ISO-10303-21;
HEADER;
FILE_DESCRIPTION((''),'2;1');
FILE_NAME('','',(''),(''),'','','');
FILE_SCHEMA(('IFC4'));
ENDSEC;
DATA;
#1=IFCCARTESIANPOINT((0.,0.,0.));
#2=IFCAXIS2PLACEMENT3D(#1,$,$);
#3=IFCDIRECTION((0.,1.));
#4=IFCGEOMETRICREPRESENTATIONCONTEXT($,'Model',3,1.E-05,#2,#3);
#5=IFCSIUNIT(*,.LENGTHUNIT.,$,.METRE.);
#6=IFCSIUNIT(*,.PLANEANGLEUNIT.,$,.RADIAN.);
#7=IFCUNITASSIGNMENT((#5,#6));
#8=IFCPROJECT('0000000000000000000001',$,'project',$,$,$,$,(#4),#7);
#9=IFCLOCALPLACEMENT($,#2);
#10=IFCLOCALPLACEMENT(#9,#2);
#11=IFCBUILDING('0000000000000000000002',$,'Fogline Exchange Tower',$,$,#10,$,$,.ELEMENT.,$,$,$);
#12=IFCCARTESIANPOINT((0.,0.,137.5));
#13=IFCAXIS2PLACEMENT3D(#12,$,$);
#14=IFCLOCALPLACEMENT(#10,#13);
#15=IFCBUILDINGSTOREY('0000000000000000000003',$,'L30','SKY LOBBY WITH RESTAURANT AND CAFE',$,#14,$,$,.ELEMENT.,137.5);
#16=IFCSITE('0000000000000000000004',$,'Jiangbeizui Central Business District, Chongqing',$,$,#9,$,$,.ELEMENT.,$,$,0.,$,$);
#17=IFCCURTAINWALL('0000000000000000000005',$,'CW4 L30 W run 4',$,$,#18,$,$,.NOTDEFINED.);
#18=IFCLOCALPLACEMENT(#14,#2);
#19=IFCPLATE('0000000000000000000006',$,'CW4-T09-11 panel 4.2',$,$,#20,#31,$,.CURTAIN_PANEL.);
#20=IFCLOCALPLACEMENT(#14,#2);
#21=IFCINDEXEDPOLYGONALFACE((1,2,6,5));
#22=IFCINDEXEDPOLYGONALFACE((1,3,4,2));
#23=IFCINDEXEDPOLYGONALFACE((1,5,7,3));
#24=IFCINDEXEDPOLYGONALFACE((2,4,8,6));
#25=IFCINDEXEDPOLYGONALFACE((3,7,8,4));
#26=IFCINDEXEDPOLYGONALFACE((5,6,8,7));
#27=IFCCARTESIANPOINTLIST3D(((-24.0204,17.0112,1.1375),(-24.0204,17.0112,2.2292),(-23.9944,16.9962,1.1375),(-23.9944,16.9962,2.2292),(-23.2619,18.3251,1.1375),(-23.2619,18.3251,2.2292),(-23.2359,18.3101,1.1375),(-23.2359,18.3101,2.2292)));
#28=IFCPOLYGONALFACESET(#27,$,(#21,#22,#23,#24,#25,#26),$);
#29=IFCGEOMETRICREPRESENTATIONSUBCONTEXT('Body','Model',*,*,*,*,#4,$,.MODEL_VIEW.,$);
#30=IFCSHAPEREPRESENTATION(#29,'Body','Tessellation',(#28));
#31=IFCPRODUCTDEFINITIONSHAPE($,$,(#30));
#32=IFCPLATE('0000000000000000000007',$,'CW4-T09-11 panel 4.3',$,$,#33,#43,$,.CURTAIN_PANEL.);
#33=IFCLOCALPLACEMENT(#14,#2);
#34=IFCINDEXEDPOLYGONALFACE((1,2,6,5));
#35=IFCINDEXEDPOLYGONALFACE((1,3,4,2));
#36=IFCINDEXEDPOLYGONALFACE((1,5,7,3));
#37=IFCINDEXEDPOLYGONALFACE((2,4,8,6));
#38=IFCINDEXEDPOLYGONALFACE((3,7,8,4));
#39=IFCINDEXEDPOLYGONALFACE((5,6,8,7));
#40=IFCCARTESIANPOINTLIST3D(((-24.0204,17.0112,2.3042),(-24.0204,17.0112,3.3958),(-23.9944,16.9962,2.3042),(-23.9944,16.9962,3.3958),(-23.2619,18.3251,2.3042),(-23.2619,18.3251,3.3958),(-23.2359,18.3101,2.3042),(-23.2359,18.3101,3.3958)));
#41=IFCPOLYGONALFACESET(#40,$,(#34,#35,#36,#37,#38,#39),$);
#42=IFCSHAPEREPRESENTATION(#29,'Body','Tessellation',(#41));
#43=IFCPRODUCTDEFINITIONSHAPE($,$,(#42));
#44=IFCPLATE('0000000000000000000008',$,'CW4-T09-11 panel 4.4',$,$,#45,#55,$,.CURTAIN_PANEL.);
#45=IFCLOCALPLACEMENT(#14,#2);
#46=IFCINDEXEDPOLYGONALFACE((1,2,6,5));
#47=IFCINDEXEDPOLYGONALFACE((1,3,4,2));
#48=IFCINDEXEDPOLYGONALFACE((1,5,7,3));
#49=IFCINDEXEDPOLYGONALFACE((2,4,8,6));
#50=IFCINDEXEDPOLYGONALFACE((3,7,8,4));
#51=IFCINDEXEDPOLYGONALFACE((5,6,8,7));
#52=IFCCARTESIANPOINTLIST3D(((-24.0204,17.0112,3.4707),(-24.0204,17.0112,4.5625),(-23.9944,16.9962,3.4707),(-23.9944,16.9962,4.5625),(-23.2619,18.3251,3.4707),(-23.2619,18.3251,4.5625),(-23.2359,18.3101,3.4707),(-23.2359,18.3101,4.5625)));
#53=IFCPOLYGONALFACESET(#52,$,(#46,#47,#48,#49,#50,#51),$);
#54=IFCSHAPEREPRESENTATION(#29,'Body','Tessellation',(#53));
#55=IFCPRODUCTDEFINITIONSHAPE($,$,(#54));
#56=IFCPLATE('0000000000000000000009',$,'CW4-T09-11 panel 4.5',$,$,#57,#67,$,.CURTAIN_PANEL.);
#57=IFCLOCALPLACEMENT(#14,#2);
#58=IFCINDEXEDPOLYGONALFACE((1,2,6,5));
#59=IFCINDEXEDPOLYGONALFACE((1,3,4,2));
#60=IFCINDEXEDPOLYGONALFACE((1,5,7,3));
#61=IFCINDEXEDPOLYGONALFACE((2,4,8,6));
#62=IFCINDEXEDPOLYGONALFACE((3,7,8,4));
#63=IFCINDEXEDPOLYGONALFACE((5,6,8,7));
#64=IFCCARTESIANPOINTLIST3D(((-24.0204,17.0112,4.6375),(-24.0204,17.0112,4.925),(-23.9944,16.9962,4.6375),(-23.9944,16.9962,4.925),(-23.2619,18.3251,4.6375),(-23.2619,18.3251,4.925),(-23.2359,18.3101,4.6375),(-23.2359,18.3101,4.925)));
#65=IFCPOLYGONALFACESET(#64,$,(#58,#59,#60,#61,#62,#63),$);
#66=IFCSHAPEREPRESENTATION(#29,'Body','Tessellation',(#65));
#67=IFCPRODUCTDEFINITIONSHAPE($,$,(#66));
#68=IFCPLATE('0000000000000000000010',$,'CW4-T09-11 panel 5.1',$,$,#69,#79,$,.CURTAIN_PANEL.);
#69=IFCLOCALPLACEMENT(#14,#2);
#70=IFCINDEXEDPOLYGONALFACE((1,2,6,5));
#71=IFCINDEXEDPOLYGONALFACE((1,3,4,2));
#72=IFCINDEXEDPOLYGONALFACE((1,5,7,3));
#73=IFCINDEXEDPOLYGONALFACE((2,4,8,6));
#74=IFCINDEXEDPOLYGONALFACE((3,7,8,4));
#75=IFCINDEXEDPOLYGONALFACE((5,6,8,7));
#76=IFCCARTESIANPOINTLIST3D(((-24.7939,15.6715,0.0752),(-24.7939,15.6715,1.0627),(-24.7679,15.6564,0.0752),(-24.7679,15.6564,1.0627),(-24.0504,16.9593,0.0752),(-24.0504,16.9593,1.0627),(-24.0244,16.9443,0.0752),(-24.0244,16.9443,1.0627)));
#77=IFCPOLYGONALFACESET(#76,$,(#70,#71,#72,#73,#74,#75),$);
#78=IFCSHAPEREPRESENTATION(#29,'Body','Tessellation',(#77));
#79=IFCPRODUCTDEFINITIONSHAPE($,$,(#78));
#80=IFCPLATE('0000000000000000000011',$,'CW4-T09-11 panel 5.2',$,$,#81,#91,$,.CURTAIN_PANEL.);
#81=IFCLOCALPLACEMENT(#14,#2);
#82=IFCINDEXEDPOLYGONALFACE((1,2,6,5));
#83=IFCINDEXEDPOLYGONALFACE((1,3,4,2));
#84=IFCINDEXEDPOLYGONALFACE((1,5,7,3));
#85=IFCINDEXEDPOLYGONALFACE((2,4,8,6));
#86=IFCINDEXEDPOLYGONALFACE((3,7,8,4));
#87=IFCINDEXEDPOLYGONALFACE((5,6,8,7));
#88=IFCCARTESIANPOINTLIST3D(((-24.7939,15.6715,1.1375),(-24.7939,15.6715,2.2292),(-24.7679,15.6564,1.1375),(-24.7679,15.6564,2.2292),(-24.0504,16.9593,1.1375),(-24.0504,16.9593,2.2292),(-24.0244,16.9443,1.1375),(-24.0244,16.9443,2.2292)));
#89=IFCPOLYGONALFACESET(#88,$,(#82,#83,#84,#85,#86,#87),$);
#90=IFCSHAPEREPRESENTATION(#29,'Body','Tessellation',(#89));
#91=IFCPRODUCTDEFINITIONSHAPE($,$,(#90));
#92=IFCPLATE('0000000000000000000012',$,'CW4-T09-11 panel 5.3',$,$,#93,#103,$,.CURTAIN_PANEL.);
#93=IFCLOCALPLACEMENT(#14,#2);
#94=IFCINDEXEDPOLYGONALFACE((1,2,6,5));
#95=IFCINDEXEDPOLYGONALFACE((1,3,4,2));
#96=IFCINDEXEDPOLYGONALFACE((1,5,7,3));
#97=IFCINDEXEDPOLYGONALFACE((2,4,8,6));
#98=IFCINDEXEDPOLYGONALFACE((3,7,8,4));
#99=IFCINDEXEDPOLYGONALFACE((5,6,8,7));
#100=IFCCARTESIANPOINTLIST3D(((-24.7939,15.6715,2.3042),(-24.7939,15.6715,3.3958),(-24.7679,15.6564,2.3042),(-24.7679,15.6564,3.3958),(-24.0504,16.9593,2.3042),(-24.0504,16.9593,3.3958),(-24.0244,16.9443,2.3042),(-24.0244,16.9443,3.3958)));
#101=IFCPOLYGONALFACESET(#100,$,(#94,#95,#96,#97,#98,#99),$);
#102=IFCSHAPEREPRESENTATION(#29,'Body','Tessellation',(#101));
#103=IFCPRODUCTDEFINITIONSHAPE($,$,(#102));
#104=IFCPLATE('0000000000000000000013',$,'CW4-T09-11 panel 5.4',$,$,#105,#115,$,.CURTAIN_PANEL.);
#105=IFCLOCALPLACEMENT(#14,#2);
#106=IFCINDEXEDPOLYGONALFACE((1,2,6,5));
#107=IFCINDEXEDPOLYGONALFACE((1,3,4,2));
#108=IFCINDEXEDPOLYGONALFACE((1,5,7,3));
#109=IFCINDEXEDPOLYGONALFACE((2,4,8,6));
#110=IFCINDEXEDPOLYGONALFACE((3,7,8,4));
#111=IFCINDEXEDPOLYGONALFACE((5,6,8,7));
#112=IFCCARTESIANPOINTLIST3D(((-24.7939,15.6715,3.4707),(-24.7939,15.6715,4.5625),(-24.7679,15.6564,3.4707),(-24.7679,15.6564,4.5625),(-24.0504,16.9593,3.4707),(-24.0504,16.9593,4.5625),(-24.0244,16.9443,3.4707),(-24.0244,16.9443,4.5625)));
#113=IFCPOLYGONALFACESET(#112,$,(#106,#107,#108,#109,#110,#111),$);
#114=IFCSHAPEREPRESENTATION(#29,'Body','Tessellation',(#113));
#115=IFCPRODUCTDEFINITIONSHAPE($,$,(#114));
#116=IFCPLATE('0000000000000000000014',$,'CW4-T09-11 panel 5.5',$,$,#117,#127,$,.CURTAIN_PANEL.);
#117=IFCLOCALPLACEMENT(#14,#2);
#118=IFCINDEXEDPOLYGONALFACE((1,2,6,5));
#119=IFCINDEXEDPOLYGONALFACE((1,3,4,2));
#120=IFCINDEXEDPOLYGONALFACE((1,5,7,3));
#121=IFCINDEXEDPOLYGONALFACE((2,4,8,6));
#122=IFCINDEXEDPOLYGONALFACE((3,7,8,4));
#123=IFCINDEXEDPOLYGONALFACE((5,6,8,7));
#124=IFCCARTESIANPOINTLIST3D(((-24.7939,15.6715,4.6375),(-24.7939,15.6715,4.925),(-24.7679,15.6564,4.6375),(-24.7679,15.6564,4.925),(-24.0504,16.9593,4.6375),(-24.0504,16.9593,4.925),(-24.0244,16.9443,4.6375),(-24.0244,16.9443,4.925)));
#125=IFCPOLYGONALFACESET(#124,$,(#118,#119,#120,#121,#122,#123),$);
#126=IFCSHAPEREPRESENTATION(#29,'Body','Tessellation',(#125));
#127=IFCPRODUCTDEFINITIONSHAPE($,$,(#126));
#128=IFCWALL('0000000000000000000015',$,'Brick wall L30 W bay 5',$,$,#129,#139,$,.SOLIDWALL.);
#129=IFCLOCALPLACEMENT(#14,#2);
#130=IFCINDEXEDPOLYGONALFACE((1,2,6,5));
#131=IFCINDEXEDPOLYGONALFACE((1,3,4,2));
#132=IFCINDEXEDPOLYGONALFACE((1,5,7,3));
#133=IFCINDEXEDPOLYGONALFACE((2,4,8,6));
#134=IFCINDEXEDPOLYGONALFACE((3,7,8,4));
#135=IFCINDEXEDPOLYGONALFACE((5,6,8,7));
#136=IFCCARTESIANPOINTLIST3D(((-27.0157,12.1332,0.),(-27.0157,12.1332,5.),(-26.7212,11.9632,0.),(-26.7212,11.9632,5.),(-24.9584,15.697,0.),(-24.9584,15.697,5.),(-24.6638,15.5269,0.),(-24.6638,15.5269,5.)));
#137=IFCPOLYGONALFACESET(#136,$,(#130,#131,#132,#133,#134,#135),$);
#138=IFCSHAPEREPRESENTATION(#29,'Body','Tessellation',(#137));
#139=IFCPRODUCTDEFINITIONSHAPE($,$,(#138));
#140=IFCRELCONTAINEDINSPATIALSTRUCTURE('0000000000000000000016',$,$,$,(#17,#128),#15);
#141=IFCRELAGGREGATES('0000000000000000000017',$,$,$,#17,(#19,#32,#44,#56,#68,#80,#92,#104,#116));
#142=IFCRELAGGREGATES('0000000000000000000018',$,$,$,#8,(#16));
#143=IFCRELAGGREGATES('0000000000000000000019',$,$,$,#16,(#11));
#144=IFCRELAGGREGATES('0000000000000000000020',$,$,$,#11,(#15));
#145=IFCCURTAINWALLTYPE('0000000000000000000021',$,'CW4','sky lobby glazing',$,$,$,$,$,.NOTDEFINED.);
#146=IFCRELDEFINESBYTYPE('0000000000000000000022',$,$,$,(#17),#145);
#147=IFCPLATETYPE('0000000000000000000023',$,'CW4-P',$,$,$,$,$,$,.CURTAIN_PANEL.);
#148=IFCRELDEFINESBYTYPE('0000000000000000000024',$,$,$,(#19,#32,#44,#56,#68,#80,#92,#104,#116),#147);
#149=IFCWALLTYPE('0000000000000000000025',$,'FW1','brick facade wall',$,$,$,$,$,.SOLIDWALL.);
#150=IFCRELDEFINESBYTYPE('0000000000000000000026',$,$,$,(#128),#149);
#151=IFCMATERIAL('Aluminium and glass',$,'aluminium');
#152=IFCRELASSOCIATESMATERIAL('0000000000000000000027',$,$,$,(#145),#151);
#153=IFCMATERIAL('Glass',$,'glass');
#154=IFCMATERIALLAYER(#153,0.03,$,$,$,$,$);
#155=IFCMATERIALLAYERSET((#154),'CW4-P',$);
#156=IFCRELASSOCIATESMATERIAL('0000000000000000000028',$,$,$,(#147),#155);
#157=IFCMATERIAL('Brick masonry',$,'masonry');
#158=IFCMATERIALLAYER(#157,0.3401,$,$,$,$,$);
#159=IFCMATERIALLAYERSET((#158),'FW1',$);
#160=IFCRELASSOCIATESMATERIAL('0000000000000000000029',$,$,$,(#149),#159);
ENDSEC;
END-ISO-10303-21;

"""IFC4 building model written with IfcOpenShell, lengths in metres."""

from ifc_helpers import new_model, si_unit, direction, frame, frame_2d, origin, origin_2d, place, context, subcontext, project, spatial, rectangle, extrude, material, layer, layer_set, type_object, element, aggregate, save


model = new_model("IFC4")

# Units and contexts
model_context = context("Model", 3, precision=1e-05, world=origin(), true_north=direction((0.0, 1.0)))
body_context = subcontext(model_context, "Body", "Model", "MODEL_VIEW")
ifc_project = project(units=[si_unit("LENGTHUNIT", "METRE"), si_unit("PLANEANGLEUNIT", "RADIAN")], contexts=[model_context])

# Site, building, storey
site_placement = place(None, origin())
site = spatial("IfcSite", under=ifc_project, at=site_placement, Name="Jiangbeizui Central Business District, Chongqing", CompositionType="ELEMENT", RefElevation=0.0)
building_placement = place(site_placement, origin())
building = spatial("IfcBuilding", under=site, at=building_placement, Name="Fogline Exchange Tower", CompositionType="ELEMENT")
storey_placement = place(building_placement, frame((0.0, 0.0, 137.5)))
storey = spatial("IfcBuildingStorey", under=building, at=storey_placement, Name="L30", Description="SKY LOBBY WITH RESTAURANT AND CAFE", CompositionType="ELEMENT", Elevation=137.5)

# Curtain wall, plates
ifc_material_1 = material(Name="Aluminium and glass", Category="aluminium")
curtain_wall_type = type_object("IfcCurtainWallType", Name="CW4", Description="sky lobby glazing", PredefinedType="NOTDEFINED", material=ifc_material_1)
curtain_wall_placement = place(storey_placement, origin())
curtain_wall = element("IfcCurtainWall", 1, at=curtain_wall_placement, inside=storey, type_object=curtain_wall_type, Name="CW4 L30 W run 4", PredefinedType="NOTDEFINED")
ifc_material_2 = material(Name="Glass", Category="glass")
ifc_layer_1 = layer(ifc_material_2, 0.03)
ifc_layer_set_1 = layer_set([ifc_layer_1], Name="CW4-P")
plate_type = type_object("IfcPlateType", Name="CW4-P", PredefinedType="CURTAIN_PANEL", material=ifc_layer_set_1)
plate_1_placement = place(storey_placement, frame((-23.6282, 17.6606, 1.1375), z_axis=(0.0, 0.0, 1.0), x_axis=(-0.5, -0.866025, 0.0)))
plate_1 = element("IfcPlate", 2, at=plate_1_placement, type_object=plate_type, Name="CW4-T09-11 panel 4.2", PredefinedType="CURTAIN_PANEL", context=body_context, shape_type="SweptSolid", body=[
    extrude(rectangle(XDim=1.5171, YDim=0.03, at=origin_2d()), origin(), (0.0, 0.0, 1.0), 1.0918),
])
plate_2_placement = place(storey_placement, frame((-23.6282, 17.6606, 2.3042), z_axis=(0.0, 0.0, 1.0), x_axis=(-0.5, -0.866025, 0.0)))
plate_2 = element("IfcPlate", 3, at=plate_2_placement, type_object=plate_type, Name="CW4-T09-11 panel 4.3", PredefinedType="CURTAIN_PANEL", context=body_context, shape_type="SweptSolid", body=[
    extrude(rectangle(XDim=1.5171, YDim=0.03, at=origin_2d()), origin(), (0.0, 0.0, 1.0), 1.0916),
])
plate_3_placement = place(storey_placement, frame((-23.6282, 17.6606, 3.4707), z_axis=(0.0, 0.0, 1.0), x_axis=(-0.5, -0.866025, 0.0)))
plate_3 = element("IfcPlate", 4, at=plate_3_placement, type_object=plate_type, Name="CW4-T09-11 panel 4.4", PredefinedType="CURTAIN_PANEL", context=body_context, shape_type="SweptSolid", body=[
    extrude(rectangle(XDim=1.5171, YDim=0.03, at=origin_2d()), origin(), (0.0, 0.0, 1.0), 1.0918),
])
plate_4_placement = place(storey_placement, frame((-23.6282, 17.6606, 4.6375), z_axis=(0.0, 0.0, 1.0), x_axis=(-0.5, -0.866025, 0.0)))
plate_4 = element("IfcPlate", 5, at=plate_4_placement, type_object=plate_type, Name="CW4-T09-11 panel 4.5", PredefinedType="CURTAIN_PANEL", context=body_context, shape_type="SweptSolid", body=[
    extrude(rectangle(XDim=1.5171, YDim=0.03, at=origin_2d()), origin(), (0.0, 0.0, 1.0), 0.2876),
])
plate_5_placement = place(storey_placement, frame((-24.4092, 16.3079, 0.0752), z_axis=(0.0, 0.0, 1.0), x_axis=(-0.5, -0.866025, 0.0)))
plate_5 = element("IfcPlate", 6, at=plate_5_placement, type_object=plate_type, Name="CW4-T09-11 panel 5.1", PredefinedType="CURTAIN_PANEL", context=body_context, shape_type="SweptSolid", body=[
    extrude(rectangle(XDim=1.4871, YDim=0.03, at=origin_2d()), origin(), (0.0, 0.0, 1.0), 0.9875),
])
plate_6_placement = place(storey_placement, frame((-24.4092, 16.3079, 1.1375), z_axis=(0.0, 0.0, 1.0), x_axis=(-0.5, -0.866025, 0.0)))
plate_6 = element("IfcPlate", 7, at=plate_6_placement, type_object=plate_type, Name="CW4-T09-11 panel 5.2", PredefinedType="CURTAIN_PANEL", context=body_context, shape_type="SweptSolid", body=[
    extrude(rectangle(XDim=1.4871, YDim=0.03, at=origin_2d()), origin(), (0.0, 0.0, 1.0), 1.0918),
])
plate_7_placement = place(storey_placement, frame((-24.4092, 16.3079, 2.3042), z_axis=(0.0, 0.0, 1.0), x_axis=(-0.5, -0.866025, 0.0)))
plate_7 = element("IfcPlate", 8, at=plate_7_placement, type_object=plate_type, Name="CW4-T09-11 panel 5.3", PredefinedType="CURTAIN_PANEL", context=body_context, shape_type="SweptSolid", body=[
    extrude(rectangle(XDim=1.4871, YDim=0.03, at=origin_2d()), origin(), (0.0, 0.0, 1.0), 1.0916),
])
plate_8_placement = place(storey_placement, frame((-24.4092, 16.3079, 3.4707), z_axis=(0.0, 0.0, 1.0), x_axis=(-0.5, -0.866025, 0.0)))
plate_8 = element("IfcPlate", 9, at=plate_8_placement, type_object=plate_type, Name="CW4-T09-11 panel 5.4", PredefinedType="CURTAIN_PANEL", context=body_context, shape_type="SweptSolid", body=[
    extrude(rectangle(XDim=1.4871, YDim=0.03, at=origin_2d()), origin(), (0.0, 0.0, 1.0), 1.0918),
])
plate_9_placement = place(storey_placement, frame((-24.4092, 16.3079, 4.6375), z_axis=(0.0, 0.0, 1.0), x_axis=(-0.5, -0.866025, 0.0)))
plate_9 = element("IfcPlate", 10, at=plate_9_placement, type_object=plate_type, Name="CW4-T09-11 panel 5.5", PredefinedType="CURTAIN_PANEL", context=body_context, shape_type="SweptSolid", body=[
    extrude(rectangle(XDim=1.4871, YDim=0.03, at=origin_2d()), origin(), (0.0, 0.0, 1.0), 0.2876),
])
aggregate(curtain_wall, [plate_1, plate_2, plate_3, plate_4, plate_5, plate_6, plate_7, plate_8, plate_9])

# Wall
ifc_material_3 = material(Name="Brick masonry", Category="masonry")
ifc_layer_2 = layer(ifc_material_3, 0.3401)
ifc_layer_set_2 = layer_set([ifc_layer_2], Name="FW1")
wall_type = type_object("IfcWallType", Name="FW1", Description="brick facade wall", PredefinedType="SOLIDWALL", material=ifc_layer_set_2)
wall_placement = place(storey_placement, frame((-24.811, 15.6121, 0.0), z_axis=(0.0, 0.0, 1.0), x_axis=(-0.499974, -0.86604, 0.0)))
element("IfcWall", 11, at=wall_placement, inside=storey, type_object=wall_type, Name="Brick wall L30 W bay 5", PredefinedType="SOLIDWALL", context=body_context, shape_type="SweptSolid", body=[
    extrude(rectangle(XDim=4.115, YDim=0.3401, at=frame_2d((2.0576, 0.0))), origin(), (0.0, 0.0, 1.0), 5.0),
])

save(model, "model.ifc")
